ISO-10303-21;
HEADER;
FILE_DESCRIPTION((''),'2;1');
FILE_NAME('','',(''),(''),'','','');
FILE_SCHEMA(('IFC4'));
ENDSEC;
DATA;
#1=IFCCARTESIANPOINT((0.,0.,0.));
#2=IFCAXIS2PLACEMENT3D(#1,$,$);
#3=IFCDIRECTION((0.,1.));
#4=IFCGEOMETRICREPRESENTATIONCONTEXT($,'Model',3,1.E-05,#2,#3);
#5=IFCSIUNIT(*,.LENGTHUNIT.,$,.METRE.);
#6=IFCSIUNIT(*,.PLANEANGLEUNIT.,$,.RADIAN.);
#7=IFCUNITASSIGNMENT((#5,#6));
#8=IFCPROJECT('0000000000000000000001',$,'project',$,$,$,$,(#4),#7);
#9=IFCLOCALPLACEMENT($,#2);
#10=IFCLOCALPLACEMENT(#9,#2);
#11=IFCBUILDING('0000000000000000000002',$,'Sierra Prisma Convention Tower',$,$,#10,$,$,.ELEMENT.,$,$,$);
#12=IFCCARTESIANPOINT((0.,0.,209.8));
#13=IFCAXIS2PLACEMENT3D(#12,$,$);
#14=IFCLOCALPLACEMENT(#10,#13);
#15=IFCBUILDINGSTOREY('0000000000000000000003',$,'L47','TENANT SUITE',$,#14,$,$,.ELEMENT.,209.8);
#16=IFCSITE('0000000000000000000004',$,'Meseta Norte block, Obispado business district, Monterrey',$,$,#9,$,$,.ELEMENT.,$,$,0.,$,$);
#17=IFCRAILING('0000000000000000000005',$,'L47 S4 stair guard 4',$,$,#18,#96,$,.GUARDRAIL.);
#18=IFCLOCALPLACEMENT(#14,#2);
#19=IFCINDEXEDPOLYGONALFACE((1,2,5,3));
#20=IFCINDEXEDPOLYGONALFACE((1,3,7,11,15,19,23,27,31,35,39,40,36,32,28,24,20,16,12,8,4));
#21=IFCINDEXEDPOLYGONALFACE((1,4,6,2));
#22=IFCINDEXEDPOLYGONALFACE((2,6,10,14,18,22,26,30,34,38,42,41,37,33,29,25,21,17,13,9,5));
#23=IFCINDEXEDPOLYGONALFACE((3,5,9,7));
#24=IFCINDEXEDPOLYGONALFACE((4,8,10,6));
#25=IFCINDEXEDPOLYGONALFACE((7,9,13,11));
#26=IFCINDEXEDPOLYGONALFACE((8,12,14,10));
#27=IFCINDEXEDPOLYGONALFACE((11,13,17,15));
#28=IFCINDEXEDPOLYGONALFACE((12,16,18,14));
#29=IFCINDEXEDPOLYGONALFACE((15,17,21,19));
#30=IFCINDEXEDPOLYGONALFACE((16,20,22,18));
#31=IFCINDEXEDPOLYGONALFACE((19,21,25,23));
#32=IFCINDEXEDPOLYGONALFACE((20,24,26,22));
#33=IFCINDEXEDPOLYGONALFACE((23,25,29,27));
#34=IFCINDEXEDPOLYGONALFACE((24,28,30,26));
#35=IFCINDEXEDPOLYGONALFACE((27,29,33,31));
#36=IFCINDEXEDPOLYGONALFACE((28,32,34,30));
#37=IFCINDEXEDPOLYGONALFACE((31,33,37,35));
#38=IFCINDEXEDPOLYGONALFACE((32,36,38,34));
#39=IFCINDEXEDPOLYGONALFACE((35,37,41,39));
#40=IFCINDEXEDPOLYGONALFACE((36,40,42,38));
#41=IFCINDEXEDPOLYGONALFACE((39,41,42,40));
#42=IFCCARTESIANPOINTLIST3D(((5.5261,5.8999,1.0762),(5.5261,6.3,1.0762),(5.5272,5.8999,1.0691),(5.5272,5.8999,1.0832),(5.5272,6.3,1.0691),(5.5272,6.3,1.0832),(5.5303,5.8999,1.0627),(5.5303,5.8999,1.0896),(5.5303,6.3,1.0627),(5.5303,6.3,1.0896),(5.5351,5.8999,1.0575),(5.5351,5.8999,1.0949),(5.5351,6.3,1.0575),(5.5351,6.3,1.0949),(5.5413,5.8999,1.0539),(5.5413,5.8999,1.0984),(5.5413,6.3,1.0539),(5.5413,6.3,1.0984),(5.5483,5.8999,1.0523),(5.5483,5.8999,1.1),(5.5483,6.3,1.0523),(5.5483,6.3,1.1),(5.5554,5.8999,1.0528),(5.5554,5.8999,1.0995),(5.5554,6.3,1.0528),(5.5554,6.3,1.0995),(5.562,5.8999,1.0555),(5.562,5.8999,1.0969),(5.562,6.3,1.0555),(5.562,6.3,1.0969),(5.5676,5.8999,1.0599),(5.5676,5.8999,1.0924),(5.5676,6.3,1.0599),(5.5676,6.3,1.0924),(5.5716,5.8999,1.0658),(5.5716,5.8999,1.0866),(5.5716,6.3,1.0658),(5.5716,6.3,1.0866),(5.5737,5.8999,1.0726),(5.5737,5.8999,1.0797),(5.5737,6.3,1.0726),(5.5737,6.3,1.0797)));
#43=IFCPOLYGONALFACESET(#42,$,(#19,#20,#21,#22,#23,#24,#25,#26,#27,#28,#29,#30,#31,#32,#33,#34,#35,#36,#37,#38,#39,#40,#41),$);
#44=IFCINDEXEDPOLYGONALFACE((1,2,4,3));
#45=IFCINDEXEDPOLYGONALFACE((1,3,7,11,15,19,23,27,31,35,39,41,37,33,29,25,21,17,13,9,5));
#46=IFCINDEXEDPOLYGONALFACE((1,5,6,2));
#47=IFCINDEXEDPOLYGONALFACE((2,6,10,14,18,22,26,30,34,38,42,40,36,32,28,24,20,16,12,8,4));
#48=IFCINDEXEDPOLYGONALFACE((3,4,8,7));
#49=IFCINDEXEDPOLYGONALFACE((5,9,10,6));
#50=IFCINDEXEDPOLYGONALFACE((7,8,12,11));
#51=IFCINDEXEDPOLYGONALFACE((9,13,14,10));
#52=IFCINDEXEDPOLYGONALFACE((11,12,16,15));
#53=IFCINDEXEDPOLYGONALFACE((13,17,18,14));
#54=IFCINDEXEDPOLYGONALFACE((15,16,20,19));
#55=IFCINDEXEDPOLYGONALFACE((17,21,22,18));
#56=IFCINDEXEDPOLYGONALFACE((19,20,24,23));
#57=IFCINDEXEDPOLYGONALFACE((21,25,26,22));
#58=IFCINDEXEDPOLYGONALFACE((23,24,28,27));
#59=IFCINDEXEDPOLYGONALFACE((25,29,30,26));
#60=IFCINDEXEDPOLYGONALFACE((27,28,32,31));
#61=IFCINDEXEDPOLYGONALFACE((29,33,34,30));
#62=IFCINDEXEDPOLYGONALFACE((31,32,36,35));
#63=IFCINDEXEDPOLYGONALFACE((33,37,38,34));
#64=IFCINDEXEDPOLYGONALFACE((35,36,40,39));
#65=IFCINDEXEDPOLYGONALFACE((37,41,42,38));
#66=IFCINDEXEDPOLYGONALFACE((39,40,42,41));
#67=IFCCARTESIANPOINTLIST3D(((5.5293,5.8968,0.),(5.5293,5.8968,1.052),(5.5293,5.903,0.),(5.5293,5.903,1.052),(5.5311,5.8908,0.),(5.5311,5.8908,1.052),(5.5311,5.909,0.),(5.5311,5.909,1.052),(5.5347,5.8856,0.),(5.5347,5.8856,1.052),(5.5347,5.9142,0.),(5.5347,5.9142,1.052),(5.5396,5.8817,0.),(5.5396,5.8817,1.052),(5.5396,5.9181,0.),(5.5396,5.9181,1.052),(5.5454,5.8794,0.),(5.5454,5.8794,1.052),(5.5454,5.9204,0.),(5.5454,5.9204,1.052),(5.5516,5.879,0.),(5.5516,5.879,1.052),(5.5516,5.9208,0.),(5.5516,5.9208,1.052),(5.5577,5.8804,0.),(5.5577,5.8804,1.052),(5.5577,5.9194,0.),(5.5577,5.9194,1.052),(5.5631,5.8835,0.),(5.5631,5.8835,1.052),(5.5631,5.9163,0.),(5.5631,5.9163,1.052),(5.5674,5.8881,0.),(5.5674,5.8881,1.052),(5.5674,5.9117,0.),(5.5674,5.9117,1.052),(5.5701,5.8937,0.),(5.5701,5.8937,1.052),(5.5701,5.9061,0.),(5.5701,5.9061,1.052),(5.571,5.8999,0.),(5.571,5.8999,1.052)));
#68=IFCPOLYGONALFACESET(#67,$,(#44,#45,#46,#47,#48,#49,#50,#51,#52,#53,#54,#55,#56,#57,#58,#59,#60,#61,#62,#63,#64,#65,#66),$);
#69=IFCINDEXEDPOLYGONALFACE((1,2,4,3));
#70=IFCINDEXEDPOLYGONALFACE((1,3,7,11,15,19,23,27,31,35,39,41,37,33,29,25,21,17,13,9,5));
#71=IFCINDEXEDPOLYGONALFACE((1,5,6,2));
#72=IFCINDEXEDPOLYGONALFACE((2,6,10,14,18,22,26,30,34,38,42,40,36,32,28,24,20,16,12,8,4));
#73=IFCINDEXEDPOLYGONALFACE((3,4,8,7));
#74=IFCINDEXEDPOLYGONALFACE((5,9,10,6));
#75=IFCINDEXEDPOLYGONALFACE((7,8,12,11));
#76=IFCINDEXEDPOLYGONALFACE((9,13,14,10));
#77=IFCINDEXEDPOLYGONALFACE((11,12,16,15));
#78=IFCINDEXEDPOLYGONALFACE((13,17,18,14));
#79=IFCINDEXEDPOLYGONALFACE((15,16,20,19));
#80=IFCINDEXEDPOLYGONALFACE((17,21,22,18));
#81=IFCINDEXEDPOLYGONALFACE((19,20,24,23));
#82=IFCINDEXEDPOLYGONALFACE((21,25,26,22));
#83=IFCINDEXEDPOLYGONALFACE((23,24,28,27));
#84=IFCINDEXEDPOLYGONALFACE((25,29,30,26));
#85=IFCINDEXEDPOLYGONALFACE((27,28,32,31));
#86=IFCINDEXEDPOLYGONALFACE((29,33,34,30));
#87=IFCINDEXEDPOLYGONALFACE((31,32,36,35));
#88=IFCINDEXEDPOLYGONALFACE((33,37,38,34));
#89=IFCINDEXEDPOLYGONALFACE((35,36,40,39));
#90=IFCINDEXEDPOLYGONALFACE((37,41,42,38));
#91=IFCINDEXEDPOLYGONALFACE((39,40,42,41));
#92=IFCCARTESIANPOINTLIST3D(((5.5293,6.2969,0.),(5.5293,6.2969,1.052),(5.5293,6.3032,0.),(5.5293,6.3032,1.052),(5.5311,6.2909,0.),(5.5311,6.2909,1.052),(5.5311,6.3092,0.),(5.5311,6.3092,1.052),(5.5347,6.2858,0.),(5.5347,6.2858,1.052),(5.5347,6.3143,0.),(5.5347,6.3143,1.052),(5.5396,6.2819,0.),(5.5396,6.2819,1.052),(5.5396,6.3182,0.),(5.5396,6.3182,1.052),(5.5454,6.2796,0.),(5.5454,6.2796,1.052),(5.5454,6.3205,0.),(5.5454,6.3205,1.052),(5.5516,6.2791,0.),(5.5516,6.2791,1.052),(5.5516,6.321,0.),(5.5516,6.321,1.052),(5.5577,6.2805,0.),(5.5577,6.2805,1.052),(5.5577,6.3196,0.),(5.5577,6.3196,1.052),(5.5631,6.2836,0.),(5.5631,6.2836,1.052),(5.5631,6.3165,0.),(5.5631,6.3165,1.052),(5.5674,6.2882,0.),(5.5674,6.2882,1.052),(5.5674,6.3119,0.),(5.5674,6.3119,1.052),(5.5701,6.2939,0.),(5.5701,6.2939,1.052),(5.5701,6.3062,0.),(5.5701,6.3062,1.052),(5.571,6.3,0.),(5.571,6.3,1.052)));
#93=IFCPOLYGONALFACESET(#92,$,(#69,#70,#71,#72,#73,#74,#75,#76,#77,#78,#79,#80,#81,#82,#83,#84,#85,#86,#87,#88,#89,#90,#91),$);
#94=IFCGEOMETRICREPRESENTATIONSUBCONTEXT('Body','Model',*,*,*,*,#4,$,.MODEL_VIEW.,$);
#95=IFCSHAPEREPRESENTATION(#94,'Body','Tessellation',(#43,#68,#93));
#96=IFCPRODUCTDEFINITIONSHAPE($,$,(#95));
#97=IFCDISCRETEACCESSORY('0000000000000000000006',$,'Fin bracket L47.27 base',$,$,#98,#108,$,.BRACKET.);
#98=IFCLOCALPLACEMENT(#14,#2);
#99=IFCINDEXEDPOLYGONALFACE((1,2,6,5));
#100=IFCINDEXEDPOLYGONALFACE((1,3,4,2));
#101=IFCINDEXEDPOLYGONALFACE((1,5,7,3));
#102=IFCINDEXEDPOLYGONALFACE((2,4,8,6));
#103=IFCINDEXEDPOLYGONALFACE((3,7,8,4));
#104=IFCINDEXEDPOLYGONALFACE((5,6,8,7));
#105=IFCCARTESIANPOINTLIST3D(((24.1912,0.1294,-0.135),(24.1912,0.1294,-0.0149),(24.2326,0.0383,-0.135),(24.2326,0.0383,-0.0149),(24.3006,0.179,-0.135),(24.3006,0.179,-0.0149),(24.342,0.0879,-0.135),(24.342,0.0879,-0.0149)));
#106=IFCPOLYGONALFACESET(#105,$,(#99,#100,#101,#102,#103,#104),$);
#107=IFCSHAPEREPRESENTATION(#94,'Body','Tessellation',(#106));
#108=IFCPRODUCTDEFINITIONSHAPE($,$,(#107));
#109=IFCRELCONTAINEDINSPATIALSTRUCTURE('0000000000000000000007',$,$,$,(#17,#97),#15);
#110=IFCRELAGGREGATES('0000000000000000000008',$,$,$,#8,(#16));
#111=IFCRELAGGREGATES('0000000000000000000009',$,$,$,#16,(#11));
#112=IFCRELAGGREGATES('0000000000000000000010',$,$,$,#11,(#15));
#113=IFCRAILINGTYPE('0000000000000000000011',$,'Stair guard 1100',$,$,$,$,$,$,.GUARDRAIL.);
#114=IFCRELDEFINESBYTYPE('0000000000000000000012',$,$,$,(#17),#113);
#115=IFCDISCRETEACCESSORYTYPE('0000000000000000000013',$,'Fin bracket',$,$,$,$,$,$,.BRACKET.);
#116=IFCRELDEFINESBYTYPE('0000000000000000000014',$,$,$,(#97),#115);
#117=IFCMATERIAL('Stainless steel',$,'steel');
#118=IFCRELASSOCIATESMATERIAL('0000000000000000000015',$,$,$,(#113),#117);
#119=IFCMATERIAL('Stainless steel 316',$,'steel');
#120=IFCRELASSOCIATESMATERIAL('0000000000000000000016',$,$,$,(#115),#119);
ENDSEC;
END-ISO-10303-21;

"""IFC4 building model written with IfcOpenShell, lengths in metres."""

from ifc_helpers import new_model, si_unit, direction, frame, origin, origin_2d, place, context, subcontext, project, spatial, rectangle, circle, extrude, material, type_object, element, save


model = new_model("IFC4")

# Units and contexts
model_context = context("Model", 3, precision=1e-05, world=origin(), true_north=direction((0.0, 1.0)))
body_context = subcontext(model_context, "Body", "Model", "MODEL_VIEW")
ifc_project = project(units=[si_unit("LENGTHUNIT", "METRE"), si_unit("PLANEANGLEUNIT", "RADIAN")], contexts=[model_context])

# Site, building, storey
site_placement = place(None, origin())
site = spatial("IfcSite", under=ifc_project, at=site_placement, Name="Meseta Norte block, Obispado business district, Monterrey", CompositionType="ELEMENT", RefElevation=0.0)
building_placement = place(site_placement, origin())
building = spatial("IfcBuilding", under=site, at=building_placement, Name="Sierra Prisma Convention Tower", CompositionType="ELEMENT")
storey_placement = place(building_placement, frame((0.0, 0.0, 209.8)))
storey = spatial("IfcBuildingStorey", under=building, at=storey_placement, Name="L47", Description="TENANT SUITE", CompositionType="ELEMENT", Elevation=209.8)

# Railing
ifc_material_1 = material(Name="Stainless steel", Category="steel")
railing_type_1 = type_object("IfcRailingType", Name="Stair guard 1100", PredefinedType="GUARDRAIL", material=ifc_material_1)
railing_1_placement = place(storey_placement, frame((5.55, 5.8999, 0.0)))
element("IfcRailing", 1, at=railing_1_placement, inside=storey, type_object=railing_type_1, Name="L47 S4 stair guard 4", PredefinedType="GUARDRAIL", context=body_context, shape_type="SweptSolid", body=[
    extrude(circle(Radius=0.0239, at=origin_2d()), frame((0.0, 0.0, 1.0762), z_axis=(0.0, 1.0, 0.0), x_axis=(-1.0, 0.0, 0.0)), (0.0, 0.0, 1.0), 0.4001),
    extrude(circle(Radius=0.021, at=origin_2d()), origin(), (0.0, 0.0, 1.0), 1.052),
    extrude(circle(Radius=0.021, at=origin_2d()), frame((0.0, 0.4001, 0.0)), (0.0, 0.0, 1.0), 1.052),
])

# Discrete accessory
ifc_material_2 = material(Name="Stainless steel 316", Category="steel")
discrete_accessory_type = type_object("IfcDiscreteAccessoryType", Name="Fin bracket", PredefinedType="BRACKET", material=ifc_material_2)
discrete_accessory_placement = place(storey_placement, frame((24.2666, 0.1086, -0.135), z_axis=(0.0, 0.0, 1.0), x_axis=(0.910728, 0.413007, 0.0)))
element("IfcDiscreteAccessory", 2, at=discrete_accessory_placement, inside=storey, type_object=discrete_accessory_type, Name="Fin bracket L47.27 base", PredefinedType="BRACKET", context=body_context, shape_type="SweptSolid", body=[
    extrude(rectangle(XDim=0.1201, YDim=0.1001, at=origin_2d()), origin(), (0.0, 0.0, 1.0), 0.1201),
])

save(model, "model.ifc")
